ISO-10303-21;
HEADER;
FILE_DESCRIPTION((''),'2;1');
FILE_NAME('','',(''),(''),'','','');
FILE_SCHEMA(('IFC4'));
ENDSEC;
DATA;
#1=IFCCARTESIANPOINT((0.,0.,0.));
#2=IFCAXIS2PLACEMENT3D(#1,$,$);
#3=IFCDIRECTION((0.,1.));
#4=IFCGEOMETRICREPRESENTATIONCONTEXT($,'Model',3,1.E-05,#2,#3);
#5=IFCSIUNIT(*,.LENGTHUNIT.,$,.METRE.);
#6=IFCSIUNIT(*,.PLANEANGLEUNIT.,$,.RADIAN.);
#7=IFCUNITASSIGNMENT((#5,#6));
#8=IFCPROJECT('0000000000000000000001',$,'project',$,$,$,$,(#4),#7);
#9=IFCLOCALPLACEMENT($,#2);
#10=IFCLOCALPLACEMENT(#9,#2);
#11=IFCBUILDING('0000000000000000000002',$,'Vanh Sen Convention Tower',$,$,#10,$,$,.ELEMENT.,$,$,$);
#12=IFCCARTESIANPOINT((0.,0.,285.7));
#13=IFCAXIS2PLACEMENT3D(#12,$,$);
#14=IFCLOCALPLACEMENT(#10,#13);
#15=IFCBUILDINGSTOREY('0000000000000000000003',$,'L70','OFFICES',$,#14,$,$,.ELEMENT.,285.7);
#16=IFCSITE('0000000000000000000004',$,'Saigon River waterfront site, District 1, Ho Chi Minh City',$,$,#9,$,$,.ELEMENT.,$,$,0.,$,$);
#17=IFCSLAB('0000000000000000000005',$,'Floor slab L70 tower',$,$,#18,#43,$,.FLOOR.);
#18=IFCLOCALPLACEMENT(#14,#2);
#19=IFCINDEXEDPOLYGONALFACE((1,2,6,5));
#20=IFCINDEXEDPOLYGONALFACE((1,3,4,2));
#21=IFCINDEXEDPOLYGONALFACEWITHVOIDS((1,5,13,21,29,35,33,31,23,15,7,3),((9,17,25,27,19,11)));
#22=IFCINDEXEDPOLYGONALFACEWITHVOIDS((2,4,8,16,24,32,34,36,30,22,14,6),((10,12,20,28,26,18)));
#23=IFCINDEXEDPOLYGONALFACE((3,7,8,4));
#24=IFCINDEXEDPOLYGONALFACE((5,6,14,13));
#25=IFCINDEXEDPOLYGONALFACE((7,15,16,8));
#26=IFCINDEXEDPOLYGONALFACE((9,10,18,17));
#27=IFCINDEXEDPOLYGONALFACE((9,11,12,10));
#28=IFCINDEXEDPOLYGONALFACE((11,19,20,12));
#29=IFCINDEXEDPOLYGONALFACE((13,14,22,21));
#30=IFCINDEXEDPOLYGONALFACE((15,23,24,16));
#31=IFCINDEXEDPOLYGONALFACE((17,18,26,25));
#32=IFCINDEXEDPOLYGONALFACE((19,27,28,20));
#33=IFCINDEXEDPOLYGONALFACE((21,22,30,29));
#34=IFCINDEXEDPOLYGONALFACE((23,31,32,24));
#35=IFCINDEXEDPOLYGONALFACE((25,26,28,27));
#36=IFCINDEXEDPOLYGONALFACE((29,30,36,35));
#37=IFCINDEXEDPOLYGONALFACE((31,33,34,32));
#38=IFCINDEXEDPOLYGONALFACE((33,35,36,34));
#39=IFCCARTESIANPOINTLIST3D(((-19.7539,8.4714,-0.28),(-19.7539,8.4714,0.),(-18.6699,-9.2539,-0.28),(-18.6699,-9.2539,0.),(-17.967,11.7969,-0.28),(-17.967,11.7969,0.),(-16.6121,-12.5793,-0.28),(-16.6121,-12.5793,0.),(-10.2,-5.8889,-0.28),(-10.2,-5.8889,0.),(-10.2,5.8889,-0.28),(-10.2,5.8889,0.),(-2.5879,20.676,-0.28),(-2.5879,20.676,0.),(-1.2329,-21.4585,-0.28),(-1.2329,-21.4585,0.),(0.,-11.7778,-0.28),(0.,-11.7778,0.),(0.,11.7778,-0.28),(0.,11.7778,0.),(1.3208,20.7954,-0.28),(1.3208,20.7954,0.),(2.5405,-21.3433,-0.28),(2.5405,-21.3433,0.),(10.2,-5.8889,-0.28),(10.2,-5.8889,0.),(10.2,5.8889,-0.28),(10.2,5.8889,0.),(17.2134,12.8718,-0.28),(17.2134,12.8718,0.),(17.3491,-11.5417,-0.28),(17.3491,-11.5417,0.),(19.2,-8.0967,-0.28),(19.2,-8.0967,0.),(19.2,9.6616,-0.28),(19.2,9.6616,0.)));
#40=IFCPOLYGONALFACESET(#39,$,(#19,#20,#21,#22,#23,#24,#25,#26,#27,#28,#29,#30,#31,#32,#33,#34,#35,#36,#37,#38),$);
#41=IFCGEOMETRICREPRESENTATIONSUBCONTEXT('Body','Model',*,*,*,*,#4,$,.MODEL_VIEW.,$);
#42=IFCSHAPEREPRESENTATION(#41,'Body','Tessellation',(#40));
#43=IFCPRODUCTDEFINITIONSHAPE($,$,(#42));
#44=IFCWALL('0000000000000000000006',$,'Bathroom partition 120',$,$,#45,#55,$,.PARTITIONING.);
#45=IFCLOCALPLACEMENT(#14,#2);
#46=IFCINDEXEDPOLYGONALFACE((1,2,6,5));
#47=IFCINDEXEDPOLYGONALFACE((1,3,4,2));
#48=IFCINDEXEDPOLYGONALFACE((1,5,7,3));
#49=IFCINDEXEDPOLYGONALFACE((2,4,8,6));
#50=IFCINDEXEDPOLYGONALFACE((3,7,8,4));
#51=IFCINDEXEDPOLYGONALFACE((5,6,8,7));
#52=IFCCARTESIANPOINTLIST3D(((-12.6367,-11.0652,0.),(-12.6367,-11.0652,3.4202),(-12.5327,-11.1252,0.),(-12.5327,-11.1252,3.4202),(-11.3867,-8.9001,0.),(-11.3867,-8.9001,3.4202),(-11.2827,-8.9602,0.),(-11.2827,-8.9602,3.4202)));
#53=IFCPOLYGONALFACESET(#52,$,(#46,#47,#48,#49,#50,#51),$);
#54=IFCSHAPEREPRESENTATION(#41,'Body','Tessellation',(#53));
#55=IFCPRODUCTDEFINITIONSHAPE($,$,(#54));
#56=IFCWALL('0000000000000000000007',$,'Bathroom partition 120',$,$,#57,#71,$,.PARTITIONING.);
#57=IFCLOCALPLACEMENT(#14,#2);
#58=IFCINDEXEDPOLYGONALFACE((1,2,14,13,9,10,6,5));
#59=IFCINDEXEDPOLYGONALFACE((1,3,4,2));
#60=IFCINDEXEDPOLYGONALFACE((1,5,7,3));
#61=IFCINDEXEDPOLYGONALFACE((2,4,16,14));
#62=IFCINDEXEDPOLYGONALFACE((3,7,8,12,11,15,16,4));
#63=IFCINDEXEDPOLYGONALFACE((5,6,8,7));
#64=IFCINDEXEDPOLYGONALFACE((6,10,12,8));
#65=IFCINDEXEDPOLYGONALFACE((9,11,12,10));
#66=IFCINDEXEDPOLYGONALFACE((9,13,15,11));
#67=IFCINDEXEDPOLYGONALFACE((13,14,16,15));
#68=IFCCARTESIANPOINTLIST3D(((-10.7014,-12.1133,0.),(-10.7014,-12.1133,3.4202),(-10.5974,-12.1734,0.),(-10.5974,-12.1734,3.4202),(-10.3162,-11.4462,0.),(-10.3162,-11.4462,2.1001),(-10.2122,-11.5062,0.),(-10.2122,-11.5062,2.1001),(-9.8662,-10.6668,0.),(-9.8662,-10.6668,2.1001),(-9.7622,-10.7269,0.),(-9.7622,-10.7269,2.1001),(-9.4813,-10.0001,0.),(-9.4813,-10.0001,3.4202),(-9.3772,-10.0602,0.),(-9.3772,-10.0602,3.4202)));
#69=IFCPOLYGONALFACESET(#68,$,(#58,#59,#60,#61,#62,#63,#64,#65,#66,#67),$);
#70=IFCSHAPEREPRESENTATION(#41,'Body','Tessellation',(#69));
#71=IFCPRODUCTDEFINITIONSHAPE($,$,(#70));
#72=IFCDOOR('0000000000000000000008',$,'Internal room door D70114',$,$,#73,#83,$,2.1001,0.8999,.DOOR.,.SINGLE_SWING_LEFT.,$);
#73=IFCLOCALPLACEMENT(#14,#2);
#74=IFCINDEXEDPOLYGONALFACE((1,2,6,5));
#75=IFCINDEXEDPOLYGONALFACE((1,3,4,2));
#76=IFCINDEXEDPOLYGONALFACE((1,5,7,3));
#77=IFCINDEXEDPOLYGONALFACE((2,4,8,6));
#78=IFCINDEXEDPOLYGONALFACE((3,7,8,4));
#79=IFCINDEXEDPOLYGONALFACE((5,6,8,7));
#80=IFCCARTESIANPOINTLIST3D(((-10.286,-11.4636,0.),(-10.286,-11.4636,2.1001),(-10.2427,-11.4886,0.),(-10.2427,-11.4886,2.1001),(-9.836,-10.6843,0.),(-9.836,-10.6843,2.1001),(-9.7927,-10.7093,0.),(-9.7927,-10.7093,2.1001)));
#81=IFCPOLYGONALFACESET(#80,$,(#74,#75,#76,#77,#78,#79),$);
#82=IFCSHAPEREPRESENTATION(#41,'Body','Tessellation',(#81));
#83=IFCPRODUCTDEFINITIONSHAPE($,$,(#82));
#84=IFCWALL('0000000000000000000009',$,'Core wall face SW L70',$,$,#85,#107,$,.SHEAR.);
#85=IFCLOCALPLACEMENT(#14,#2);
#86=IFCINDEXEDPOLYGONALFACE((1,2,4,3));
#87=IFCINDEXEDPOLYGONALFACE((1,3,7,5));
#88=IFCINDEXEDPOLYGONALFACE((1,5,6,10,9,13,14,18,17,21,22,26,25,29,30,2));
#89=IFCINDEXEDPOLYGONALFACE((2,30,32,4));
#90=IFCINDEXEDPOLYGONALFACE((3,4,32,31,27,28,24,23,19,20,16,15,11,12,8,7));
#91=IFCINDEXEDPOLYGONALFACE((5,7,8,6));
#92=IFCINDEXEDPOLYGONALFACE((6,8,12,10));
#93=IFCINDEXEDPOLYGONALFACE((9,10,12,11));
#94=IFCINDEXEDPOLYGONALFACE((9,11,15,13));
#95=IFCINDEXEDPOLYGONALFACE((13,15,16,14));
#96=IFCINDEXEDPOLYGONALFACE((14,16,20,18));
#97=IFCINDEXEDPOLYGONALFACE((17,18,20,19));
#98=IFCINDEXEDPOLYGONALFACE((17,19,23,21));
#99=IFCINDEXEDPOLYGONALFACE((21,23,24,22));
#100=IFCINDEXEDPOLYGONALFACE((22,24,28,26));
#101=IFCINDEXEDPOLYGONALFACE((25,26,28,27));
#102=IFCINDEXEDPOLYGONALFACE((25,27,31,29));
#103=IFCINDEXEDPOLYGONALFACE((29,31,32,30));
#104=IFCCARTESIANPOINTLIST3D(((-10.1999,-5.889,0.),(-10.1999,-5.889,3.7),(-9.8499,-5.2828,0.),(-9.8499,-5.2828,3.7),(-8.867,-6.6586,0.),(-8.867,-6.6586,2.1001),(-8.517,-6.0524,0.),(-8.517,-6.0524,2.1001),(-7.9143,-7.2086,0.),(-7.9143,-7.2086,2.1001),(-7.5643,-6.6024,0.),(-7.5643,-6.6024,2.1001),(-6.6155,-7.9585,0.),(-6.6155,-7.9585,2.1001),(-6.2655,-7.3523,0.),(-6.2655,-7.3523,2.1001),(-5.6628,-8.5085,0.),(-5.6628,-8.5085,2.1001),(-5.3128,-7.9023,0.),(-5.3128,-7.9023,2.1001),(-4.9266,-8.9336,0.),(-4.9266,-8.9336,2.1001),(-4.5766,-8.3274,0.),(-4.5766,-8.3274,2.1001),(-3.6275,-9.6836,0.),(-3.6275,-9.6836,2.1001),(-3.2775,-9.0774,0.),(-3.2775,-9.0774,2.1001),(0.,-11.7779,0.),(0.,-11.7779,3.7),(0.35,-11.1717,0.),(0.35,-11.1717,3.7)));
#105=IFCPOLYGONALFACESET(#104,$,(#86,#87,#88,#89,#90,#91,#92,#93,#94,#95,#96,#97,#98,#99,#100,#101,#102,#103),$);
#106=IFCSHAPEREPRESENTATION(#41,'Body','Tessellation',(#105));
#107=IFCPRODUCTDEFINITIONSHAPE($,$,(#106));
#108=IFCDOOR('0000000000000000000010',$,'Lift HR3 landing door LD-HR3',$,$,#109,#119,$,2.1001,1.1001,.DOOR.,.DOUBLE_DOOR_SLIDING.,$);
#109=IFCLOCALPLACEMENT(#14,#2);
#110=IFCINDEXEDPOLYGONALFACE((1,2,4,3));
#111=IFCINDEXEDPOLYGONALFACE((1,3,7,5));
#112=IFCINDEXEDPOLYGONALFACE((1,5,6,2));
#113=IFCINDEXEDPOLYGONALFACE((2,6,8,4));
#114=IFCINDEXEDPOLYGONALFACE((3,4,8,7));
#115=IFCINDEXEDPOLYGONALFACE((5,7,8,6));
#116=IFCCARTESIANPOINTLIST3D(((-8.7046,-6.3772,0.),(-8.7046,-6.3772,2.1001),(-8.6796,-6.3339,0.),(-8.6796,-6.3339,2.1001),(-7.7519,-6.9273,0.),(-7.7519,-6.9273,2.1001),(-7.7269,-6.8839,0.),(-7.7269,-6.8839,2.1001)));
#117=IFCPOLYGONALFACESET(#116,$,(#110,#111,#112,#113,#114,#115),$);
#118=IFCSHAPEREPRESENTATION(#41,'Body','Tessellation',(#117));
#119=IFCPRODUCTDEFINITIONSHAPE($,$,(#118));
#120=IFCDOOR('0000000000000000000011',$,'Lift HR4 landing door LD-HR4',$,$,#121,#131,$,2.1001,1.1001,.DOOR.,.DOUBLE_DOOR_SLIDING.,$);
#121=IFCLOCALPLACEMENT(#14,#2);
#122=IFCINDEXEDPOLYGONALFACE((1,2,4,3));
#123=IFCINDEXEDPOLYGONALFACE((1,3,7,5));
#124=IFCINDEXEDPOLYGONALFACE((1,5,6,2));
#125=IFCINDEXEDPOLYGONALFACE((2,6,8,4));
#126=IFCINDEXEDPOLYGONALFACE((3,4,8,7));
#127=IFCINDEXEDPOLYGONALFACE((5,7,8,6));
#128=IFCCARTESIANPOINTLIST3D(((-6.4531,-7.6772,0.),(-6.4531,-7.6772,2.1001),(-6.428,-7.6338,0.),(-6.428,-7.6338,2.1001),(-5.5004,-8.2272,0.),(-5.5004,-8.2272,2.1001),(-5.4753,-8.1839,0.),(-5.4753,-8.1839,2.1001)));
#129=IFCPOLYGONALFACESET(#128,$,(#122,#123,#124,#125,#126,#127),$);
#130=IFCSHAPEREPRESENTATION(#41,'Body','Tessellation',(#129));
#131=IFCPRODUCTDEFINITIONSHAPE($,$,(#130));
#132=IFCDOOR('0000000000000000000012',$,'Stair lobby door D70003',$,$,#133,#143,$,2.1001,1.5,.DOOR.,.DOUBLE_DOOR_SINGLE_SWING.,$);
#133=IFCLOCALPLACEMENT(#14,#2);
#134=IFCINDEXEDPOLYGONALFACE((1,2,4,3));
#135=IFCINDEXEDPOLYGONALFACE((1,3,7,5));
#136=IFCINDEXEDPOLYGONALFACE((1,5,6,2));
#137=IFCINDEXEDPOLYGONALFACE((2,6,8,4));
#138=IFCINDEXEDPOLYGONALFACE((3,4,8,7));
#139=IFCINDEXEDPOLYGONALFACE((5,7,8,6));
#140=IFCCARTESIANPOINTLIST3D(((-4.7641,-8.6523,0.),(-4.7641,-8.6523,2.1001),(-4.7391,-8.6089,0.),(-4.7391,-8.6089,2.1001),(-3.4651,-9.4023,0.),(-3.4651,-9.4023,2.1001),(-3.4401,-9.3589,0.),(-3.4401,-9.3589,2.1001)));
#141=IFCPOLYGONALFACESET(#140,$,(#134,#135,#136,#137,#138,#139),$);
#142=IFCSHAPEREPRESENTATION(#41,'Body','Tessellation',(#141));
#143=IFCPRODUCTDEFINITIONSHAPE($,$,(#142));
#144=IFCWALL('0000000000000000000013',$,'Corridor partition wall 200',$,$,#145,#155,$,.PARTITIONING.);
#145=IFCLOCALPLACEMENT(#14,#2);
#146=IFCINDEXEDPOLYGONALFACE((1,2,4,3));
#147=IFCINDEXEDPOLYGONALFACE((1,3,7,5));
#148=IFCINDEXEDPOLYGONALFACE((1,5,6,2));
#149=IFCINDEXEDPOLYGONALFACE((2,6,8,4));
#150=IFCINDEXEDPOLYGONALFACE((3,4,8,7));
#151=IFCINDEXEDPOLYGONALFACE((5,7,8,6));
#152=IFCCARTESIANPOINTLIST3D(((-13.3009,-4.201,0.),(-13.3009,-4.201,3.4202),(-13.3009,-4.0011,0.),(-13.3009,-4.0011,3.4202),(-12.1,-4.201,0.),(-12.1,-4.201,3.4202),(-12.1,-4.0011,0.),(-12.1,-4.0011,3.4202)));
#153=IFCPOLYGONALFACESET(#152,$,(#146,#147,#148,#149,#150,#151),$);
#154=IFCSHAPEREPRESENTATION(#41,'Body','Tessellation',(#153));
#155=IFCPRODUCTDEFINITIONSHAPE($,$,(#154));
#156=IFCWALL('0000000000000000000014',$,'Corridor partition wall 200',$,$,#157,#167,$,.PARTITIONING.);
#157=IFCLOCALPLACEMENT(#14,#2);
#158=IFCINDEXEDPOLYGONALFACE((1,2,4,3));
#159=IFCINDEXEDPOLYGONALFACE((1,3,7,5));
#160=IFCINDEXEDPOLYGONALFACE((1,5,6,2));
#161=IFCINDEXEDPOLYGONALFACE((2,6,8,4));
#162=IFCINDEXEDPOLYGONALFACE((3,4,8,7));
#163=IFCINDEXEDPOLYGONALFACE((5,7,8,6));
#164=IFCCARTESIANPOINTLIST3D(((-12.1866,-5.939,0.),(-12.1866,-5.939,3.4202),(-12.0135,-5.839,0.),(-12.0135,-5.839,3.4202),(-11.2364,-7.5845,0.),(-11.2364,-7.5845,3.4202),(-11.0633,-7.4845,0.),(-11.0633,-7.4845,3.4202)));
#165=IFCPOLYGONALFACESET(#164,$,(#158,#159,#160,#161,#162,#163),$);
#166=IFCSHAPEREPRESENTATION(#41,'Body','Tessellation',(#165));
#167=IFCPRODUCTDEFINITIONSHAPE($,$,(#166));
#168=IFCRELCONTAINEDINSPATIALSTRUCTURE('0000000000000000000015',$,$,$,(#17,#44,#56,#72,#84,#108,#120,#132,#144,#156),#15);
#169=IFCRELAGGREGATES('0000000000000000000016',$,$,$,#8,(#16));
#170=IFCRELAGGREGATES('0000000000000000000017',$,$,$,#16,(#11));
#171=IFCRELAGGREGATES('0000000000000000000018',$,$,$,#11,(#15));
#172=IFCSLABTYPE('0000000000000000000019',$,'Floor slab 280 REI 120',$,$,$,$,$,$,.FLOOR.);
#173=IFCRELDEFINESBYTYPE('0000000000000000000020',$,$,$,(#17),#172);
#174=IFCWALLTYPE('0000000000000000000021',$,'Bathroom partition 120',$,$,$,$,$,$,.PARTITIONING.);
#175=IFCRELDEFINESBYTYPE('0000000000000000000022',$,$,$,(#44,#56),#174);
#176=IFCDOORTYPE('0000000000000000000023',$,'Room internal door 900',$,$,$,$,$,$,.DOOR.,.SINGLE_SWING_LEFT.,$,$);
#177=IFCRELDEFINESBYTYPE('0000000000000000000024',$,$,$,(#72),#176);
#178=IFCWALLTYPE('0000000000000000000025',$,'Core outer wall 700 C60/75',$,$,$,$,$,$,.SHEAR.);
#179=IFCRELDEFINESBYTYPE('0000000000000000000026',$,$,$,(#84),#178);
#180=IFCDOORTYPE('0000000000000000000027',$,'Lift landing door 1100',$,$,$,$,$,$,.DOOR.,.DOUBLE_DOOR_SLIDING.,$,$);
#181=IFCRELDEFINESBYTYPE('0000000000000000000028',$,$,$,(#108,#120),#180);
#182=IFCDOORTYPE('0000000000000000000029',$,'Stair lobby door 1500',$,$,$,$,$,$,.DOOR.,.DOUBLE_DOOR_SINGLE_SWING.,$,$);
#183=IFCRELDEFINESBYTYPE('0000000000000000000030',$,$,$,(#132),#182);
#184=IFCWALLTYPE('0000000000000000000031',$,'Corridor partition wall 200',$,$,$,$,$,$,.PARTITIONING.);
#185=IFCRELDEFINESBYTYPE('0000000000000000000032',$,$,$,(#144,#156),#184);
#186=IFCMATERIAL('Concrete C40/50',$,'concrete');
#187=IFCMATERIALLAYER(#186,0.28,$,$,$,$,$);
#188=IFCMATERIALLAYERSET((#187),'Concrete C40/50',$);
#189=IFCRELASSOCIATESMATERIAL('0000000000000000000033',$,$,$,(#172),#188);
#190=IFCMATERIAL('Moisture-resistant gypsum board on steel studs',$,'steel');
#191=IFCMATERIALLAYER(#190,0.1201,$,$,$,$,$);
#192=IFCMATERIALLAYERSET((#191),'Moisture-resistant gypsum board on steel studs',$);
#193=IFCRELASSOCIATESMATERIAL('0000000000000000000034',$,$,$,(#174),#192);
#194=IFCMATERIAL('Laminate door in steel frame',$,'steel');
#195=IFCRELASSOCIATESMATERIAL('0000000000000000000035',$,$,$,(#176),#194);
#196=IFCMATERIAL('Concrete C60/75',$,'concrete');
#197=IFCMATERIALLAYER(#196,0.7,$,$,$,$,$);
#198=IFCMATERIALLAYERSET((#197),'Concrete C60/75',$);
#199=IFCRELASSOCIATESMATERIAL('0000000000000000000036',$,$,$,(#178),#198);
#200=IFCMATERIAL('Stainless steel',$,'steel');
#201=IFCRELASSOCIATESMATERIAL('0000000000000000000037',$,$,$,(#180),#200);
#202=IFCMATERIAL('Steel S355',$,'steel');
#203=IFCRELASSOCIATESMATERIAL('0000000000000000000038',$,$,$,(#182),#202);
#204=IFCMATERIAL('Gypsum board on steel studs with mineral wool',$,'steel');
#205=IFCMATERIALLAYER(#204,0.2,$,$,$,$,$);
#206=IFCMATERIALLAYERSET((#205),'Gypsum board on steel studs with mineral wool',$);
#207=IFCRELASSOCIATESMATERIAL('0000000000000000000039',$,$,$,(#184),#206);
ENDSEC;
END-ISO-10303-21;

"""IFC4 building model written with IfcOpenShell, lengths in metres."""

from ifc_helpers import new_model, si_unit, direction, frame, frame_2d, origin, place, context, subcontext, project, spatial, polyline, rectangle, outline, extrude, material, layer, layer_set, type_object, element, fill, save


model = new_model("IFC4")

# Units and contexts
model_context = context("Model", 3, precision=1e-05, world=origin(), true_north=direction((0.0, 1.0)))
body_context = subcontext(model_context, "Body", "Model", "MODEL_VIEW")
ifc_project = project(units=[si_unit("LENGTHUNIT", "METRE"), si_unit("PLANEANGLEUNIT", "RADIAN")], contexts=[model_context])

# Site, building, storey
site_placement = place(None, origin())
site = spatial("IfcSite", under=ifc_project, at=site_placement, Name="Saigon River waterfront site, District 1, Ho Chi Minh City", CompositionType="ELEMENT", RefElevation=0.0)
building_placement = place(site_placement, origin())
building = spatial("IfcBuilding", under=site, at=building_placement, Name="Vanh Sen Convention Tower", CompositionType="ELEMENT")
storey_placement = place(building_placement, frame((0.0, 0.0, 285.7)))
storey = spatial("IfcBuildingStorey", under=building, at=storey_placement, Name="L70", Description="OFFICES", CompositionType="ELEMENT", Elevation=285.7)

# Slab
ifc_material_1 = material(Name="Concrete C40/50", Category="concrete")
ifc_layer_1 = layer(ifc_material_1, 0.28)
ifc_layer_set_1 = layer_set([ifc_layer_1], Name="Concrete C40/50")
slab_type = type_object("IfcSlabType", Name="Floor slab 280 REI 120", PredefinedType="FLOOR", material=ifc_layer_set_1)
slab_placement = place(storey_placement, frame((0.0, 0.0, -0.28)))
element("IfcSlab", 1, at=slab_placement, inside=storey, type_object=slab_type, Name="Floor slab L70 tower", PredefinedType="FLOOR", context=body_context, shape_type="SweptSolid", body=[
    extrude(outline(polyline([(19.2, -8.0967), (19.2, 9.6616), (17.2134, 12.8718), (1.3208, 20.7954), (-2.5879, 20.676), (-17.967, 11.7969), (-19.7539, 8.4714), (-18.6699, -9.2539), (-16.6121, -12.5793), (-1.2329, -21.4585), (2.5405, -21.3433), (17.3491, -11.5417), (19.2, -8.0967)]), holes=[polyline([(0.0, 11.7778), (-10.2, 5.8889), (-10.2, -5.8889), (0.0, -11.7778), (10.2, -5.8889), (10.2, 5.8889), (0.0, 11.7778)])]), origin(), (0.0, 0.0, 1.0), 0.28),
])

# Wall
ifc_material_2 = material(Name="Moisture-resistant gypsum board on steel studs", Category="steel")
ifc_layer_2 = layer(ifc_material_2, 0.1201)
ifc_layer_set_2 = layer_set([ifc_layer_2], Name="Moisture-resistant gypsum board on steel studs")
wall_type_1 = type_object("IfcWallType", Name="Bathroom partition 120", PredefinedType="PARTITIONING", material=ifc_layer_set_2)
wall_1_placement = place(storey_placement, frame((-12.5847, -11.0952, 0.0), z_axis=(0.0, 0.0, 1.0), x_axis=(0.500004, 0.866023, 0.0)))
element("IfcWall", 2, at=wall_1_placement, inside=storey, type_object=wall_type_1, Name="Bathroom partition 120", PredefinedType="PARTITIONING", context=body_context, shape_type="SweptSolid", body=[
    extrude(rectangle(XDim=2.5, YDim=0.1201, at=frame_2d((1.25, 0.0))), origin(), (0.0, 0.0, 1.0), 3.4202),
])

# Wall, opening, door
wall_2_placement = place(storey_placement, frame((-9.4292, -10.03, 0.0), z_axis=(0.0, 0.0, 1.0), x_axis=(-0.500034, -0.866006, 0.0)))
wall_2 = element("IfcWall", 3, at=wall_2_placement, inside=storey, type_object=wall_type_1, Name="Bathroom partition 120", PredefinedType="PARTITIONING", context=body_context, shape_type="SweptSolid", body=[
    extrude(rectangle(XDim=2.4402, YDim=0.1201, at=frame_2d((1.2202, 0.0))), origin(), (0.0, 0.0, 1.0), 3.4202),
])
opening_1_placement = place(wall_2_placement, frame((0.77, 0.0, 0.0)))
opening_1 = element("IfcOpeningElement", 4, at=opening_1_placement, cuts=wall_2, PredefinedType="OPENING", context=body_context, shape_type="SweptSolid", body=[
    extrude(rectangle(XDim=0.8999, YDim=2.1001, at=frame_2d((0.45, 1.05))), frame((0.0, 0.0701, 0.0), z_axis=(0.0, -1.0, 0.0), x_axis=(1.0, 0.0, 0.0)), (0.0, 0.0, 1.0), 0.1401),
])
ifc_material_3 = material(Name="Laminate door in steel frame", Category="steel")
door_type_1 = type_object("IfcDoorType", Name="Room internal door 900", OperationType="SINGLE_SWING_LEFT", PredefinedType="DOOR", material=ifc_material_3)
door_1_placement = place(opening_1_placement, origin())
door_1 = element("IfcDoor", 5, at=door_1_placement, inside=storey, type_object=door_type_1, Name="Internal room door D70114", OperationType="SINGLE_SWING_LEFT", OverallHeight=2.1001, OverallWidth=0.8999, PredefinedType="DOOR", context=body_context, shape_type="SweptSolid", body=[
    extrude(rectangle(XDim=0.8999, YDim=2.1001, at=frame_2d((0.45, 1.05))), frame((0.0, 0.0249, 0.0), z_axis=(0.0, -1.0, 0.0), x_axis=(1.0, 0.0, 0.0)), (0.0, 0.0, 1.0), 0.05),
])
fill(opening_1, door_1)

# Wall, openings, doors
ifc_material_4 = material(Name="Concrete C60/75", Category="concrete")
ifc_layer_3 = layer(ifc_material_4, 0.7)
ifc_layer_set_3 = layer_set([ifc_layer_3], Name="Concrete C60/75")
wall_type_2 = type_object("IfcWallType", Name="Core outer wall 700 C60/75", PredefinedType="SHEAR", material=ifc_layer_set_3)
wall_3_placement = place(storey_placement, frame((-10.0249, -5.5859, 0.0), z_axis=(0.0, 0.0, 1.0), x_axis=(0.866026, -0.499998, 0.0)))
wall_3 = element("IfcWall", 6, at=wall_3_placement, inside=storey, type_object=wall_type_2, Name="Core wall face SW L70", PredefinedType="SHEAR", context=body_context, shape_type="SweptSolid", body=[
    extrude(rectangle(XDim=11.7778, YDim=0.7, at=frame_2d((5.8889, 0.0))), origin(), (0.0, 0.0, 1.0), 3.7),
])
opening_2_placement = place(wall_3_placement, frame((6.0891, 0.0, 0.0)))
opening_2 = element("IfcOpeningElement", 7, at=opening_2_placement, cuts=wall_3, PredefinedType="OPENING", context=body_context, shape_type="SweptSolid", body=[
    extrude(rectangle(XDim=1.5, YDim=2.1001, at=frame_2d((0.75, 1.05))), frame((0.0, 0.3599, 0.0), z_axis=(0.0, -1.0, 0.0), x_axis=(1.0, 0.0, 0.0)), (0.0, 0.0, 1.0), 0.72),
])
opening_3_placement = place(wall_3_placement, frame((1.5391, 0.0, 0.0)))
opening_3 = element("IfcOpeningElement", 8, at=opening_3_placement, cuts=wall_3, PredefinedType="OPENING", context=body_context, shape_type="SweptSolid", body=[
    extrude(rectangle(XDim=1.1001, YDim=2.1001, at=frame_2d((0.55, 1.05))), frame((0.0, 0.3599, 0.0), z_axis=(0.0, -1.0, 0.0), x_axis=(1.0, 0.0, 0.0)), (0.0, 0.0, 1.0), 0.72),
])
opening_4_placement = place(wall_3_placement, frame((4.1389, 0.0, 0.0)))
opening_4 = element("IfcOpeningElement", 9, at=opening_4_placement, cuts=wall_3, PredefinedType="OPENING", context=body_context, shape_type="SweptSolid", body=[
    extrude(rectangle(XDim=1.1001, YDim=2.1001, at=frame_2d((0.55, 1.05))), frame((0.0, 0.3599, 0.0), z_axis=(0.0, -1.0, 0.0), x_axis=(1.0, 0.0, 0.0)), (0.0, 0.0, 1.0), 0.72),
])
ifc_material_5 = material(Name="Stainless steel", Category="steel")
door_type_2 = type_object("IfcDoorType", Name="Lift landing door 1100", OperationType="DOUBLE_DOOR_SLIDING", PredefinedType="DOOR", material=ifc_material_5)
door_2_placement = place(opening_3_placement, origin())
door_2 = element("IfcDoor", 10, at=door_2_placement, inside=storey, type_object=door_type_2, Name="Lift HR3 landing door LD-HR3", OperationType="DOUBLE_DOOR_SLIDING", OverallHeight=2.1001, OverallWidth=1.1001, PredefinedType="DOOR", context=body_context, shape_type="SweptSolid", body=[
    extrude(rectangle(XDim=1.1001, YDim=2.1001, at=frame_2d((0.55, 1.05))), frame((0.0, 0.0249, 0.0), z_axis=(0.0, -1.0, 0.0), x_axis=(1.0, 0.0, 0.0)), (0.0, 0.0, 1.0), 0.05),
])
fill(opening_3, door_2)
door_3_placement = place(opening_4_placement, origin())
door_3 = element("IfcDoor", 11, at=door_3_placement, inside=storey, type_object=door_type_2, Name="Lift HR4 landing door LD-HR4", OperationType="DOUBLE_DOOR_SLIDING", OverallHeight=2.1001, OverallWidth=1.1001, PredefinedType="DOOR", context=body_context, shape_type="SweptSolid", body=[
    extrude(rectangle(XDim=1.1001, YDim=2.1001, at=frame_2d((0.55, 1.05))), frame((0.0, 0.0249, 0.0), z_axis=(0.0, -1.0, 0.0), x_axis=(1.0, 0.0, 0.0)), (0.0, 0.0, 1.0), 0.05),
])
fill(opening_4, door_3)
ifc_material_6 = material(Name="Steel S355", Category="steel")
door_type_3 = type_object("IfcDoorType", Name="Stair lobby door 1500", OperationType="DOUBLE_DOOR_SINGLE_SWING", PredefinedType="DOOR", material=ifc_material_6)
door_4_placement = place(opening_2_placement, origin())
door_4 = element("IfcDoor", 12, at=door_4_placement, inside=storey, type_object=door_type_3, Name="Stair lobby door D70003", OperationType="DOUBLE_DOOR_SINGLE_SWING", OverallHeight=2.1001, OverallWidth=1.5, PredefinedType="DOOR", context=body_context, shape_type="SweptSolid", body=[
    extrude(rectangle(XDim=1.5, YDim=2.1001, at=frame_2d((0.75, 1.05))), frame((0.0, 0.0249, 0.0), z_axis=(0.0, -1.0, 0.0), x_axis=(1.0, 0.0, 0.0)), (0.0, 0.0, 1.0), 0.05),
])
fill(opening_2, door_4)

# Walls
ifc_material_7 = material(Name="Gypsum board on steel studs with mineral wool", Category="steel")
ifc_layer_4 = layer(ifc_material_7, 0.2)
ifc_layer_set_4 = layer_set([ifc_layer_4], Name="Gypsum board on steel studs with mineral wool")
wall_type_3 = type_object("IfcWallType", Name="Corridor partition wall 200", PredefinedType="PARTITIONING", material=ifc_layer_set_4)
wall_4_placement = place(storey_placement, frame((-13.301, -4.1011, 0.0), z_axis=(0.0, 0.0, 1.0), x_axis=(1.0, 0.0, 0.0)))
element("IfcWall", 13, at=wall_4_placement, inside=storey, type_object=wall_type_3, Name="Corridor partition wall 200", PredefinedType="PARTITIONING", context=body_context, shape_type="SweptSolid", body=[
    extrude(rectangle(XDim=1.2009, YDim=0.2, at=frame_2d((0.6006, 0.0))), origin(), (0.0, 0.0, 1.0), 3.4202),
])
wall_5_placement = place(storey_placement, frame((-12.1001, -5.8889, 0.0), z_axis=(0.0, 0.0, 1.0), x_axis=(0.500064, -0.865989, 0.0)))
element("IfcWall", 14, at=wall_5_placement, inside=storey, type_object=wall_type_3, Name="Corridor partition wall 200", PredefinedType="PARTITIONING", context=body_context, shape_type="SweptSolid", body=[
    extrude(rectangle(XDim=1.9001, YDim=0.2, at=frame_2d((0.9502, 0.0))), origin(), (0.0, 0.0, 1.0), 3.4202),
])

save(model, "model.ifc")
